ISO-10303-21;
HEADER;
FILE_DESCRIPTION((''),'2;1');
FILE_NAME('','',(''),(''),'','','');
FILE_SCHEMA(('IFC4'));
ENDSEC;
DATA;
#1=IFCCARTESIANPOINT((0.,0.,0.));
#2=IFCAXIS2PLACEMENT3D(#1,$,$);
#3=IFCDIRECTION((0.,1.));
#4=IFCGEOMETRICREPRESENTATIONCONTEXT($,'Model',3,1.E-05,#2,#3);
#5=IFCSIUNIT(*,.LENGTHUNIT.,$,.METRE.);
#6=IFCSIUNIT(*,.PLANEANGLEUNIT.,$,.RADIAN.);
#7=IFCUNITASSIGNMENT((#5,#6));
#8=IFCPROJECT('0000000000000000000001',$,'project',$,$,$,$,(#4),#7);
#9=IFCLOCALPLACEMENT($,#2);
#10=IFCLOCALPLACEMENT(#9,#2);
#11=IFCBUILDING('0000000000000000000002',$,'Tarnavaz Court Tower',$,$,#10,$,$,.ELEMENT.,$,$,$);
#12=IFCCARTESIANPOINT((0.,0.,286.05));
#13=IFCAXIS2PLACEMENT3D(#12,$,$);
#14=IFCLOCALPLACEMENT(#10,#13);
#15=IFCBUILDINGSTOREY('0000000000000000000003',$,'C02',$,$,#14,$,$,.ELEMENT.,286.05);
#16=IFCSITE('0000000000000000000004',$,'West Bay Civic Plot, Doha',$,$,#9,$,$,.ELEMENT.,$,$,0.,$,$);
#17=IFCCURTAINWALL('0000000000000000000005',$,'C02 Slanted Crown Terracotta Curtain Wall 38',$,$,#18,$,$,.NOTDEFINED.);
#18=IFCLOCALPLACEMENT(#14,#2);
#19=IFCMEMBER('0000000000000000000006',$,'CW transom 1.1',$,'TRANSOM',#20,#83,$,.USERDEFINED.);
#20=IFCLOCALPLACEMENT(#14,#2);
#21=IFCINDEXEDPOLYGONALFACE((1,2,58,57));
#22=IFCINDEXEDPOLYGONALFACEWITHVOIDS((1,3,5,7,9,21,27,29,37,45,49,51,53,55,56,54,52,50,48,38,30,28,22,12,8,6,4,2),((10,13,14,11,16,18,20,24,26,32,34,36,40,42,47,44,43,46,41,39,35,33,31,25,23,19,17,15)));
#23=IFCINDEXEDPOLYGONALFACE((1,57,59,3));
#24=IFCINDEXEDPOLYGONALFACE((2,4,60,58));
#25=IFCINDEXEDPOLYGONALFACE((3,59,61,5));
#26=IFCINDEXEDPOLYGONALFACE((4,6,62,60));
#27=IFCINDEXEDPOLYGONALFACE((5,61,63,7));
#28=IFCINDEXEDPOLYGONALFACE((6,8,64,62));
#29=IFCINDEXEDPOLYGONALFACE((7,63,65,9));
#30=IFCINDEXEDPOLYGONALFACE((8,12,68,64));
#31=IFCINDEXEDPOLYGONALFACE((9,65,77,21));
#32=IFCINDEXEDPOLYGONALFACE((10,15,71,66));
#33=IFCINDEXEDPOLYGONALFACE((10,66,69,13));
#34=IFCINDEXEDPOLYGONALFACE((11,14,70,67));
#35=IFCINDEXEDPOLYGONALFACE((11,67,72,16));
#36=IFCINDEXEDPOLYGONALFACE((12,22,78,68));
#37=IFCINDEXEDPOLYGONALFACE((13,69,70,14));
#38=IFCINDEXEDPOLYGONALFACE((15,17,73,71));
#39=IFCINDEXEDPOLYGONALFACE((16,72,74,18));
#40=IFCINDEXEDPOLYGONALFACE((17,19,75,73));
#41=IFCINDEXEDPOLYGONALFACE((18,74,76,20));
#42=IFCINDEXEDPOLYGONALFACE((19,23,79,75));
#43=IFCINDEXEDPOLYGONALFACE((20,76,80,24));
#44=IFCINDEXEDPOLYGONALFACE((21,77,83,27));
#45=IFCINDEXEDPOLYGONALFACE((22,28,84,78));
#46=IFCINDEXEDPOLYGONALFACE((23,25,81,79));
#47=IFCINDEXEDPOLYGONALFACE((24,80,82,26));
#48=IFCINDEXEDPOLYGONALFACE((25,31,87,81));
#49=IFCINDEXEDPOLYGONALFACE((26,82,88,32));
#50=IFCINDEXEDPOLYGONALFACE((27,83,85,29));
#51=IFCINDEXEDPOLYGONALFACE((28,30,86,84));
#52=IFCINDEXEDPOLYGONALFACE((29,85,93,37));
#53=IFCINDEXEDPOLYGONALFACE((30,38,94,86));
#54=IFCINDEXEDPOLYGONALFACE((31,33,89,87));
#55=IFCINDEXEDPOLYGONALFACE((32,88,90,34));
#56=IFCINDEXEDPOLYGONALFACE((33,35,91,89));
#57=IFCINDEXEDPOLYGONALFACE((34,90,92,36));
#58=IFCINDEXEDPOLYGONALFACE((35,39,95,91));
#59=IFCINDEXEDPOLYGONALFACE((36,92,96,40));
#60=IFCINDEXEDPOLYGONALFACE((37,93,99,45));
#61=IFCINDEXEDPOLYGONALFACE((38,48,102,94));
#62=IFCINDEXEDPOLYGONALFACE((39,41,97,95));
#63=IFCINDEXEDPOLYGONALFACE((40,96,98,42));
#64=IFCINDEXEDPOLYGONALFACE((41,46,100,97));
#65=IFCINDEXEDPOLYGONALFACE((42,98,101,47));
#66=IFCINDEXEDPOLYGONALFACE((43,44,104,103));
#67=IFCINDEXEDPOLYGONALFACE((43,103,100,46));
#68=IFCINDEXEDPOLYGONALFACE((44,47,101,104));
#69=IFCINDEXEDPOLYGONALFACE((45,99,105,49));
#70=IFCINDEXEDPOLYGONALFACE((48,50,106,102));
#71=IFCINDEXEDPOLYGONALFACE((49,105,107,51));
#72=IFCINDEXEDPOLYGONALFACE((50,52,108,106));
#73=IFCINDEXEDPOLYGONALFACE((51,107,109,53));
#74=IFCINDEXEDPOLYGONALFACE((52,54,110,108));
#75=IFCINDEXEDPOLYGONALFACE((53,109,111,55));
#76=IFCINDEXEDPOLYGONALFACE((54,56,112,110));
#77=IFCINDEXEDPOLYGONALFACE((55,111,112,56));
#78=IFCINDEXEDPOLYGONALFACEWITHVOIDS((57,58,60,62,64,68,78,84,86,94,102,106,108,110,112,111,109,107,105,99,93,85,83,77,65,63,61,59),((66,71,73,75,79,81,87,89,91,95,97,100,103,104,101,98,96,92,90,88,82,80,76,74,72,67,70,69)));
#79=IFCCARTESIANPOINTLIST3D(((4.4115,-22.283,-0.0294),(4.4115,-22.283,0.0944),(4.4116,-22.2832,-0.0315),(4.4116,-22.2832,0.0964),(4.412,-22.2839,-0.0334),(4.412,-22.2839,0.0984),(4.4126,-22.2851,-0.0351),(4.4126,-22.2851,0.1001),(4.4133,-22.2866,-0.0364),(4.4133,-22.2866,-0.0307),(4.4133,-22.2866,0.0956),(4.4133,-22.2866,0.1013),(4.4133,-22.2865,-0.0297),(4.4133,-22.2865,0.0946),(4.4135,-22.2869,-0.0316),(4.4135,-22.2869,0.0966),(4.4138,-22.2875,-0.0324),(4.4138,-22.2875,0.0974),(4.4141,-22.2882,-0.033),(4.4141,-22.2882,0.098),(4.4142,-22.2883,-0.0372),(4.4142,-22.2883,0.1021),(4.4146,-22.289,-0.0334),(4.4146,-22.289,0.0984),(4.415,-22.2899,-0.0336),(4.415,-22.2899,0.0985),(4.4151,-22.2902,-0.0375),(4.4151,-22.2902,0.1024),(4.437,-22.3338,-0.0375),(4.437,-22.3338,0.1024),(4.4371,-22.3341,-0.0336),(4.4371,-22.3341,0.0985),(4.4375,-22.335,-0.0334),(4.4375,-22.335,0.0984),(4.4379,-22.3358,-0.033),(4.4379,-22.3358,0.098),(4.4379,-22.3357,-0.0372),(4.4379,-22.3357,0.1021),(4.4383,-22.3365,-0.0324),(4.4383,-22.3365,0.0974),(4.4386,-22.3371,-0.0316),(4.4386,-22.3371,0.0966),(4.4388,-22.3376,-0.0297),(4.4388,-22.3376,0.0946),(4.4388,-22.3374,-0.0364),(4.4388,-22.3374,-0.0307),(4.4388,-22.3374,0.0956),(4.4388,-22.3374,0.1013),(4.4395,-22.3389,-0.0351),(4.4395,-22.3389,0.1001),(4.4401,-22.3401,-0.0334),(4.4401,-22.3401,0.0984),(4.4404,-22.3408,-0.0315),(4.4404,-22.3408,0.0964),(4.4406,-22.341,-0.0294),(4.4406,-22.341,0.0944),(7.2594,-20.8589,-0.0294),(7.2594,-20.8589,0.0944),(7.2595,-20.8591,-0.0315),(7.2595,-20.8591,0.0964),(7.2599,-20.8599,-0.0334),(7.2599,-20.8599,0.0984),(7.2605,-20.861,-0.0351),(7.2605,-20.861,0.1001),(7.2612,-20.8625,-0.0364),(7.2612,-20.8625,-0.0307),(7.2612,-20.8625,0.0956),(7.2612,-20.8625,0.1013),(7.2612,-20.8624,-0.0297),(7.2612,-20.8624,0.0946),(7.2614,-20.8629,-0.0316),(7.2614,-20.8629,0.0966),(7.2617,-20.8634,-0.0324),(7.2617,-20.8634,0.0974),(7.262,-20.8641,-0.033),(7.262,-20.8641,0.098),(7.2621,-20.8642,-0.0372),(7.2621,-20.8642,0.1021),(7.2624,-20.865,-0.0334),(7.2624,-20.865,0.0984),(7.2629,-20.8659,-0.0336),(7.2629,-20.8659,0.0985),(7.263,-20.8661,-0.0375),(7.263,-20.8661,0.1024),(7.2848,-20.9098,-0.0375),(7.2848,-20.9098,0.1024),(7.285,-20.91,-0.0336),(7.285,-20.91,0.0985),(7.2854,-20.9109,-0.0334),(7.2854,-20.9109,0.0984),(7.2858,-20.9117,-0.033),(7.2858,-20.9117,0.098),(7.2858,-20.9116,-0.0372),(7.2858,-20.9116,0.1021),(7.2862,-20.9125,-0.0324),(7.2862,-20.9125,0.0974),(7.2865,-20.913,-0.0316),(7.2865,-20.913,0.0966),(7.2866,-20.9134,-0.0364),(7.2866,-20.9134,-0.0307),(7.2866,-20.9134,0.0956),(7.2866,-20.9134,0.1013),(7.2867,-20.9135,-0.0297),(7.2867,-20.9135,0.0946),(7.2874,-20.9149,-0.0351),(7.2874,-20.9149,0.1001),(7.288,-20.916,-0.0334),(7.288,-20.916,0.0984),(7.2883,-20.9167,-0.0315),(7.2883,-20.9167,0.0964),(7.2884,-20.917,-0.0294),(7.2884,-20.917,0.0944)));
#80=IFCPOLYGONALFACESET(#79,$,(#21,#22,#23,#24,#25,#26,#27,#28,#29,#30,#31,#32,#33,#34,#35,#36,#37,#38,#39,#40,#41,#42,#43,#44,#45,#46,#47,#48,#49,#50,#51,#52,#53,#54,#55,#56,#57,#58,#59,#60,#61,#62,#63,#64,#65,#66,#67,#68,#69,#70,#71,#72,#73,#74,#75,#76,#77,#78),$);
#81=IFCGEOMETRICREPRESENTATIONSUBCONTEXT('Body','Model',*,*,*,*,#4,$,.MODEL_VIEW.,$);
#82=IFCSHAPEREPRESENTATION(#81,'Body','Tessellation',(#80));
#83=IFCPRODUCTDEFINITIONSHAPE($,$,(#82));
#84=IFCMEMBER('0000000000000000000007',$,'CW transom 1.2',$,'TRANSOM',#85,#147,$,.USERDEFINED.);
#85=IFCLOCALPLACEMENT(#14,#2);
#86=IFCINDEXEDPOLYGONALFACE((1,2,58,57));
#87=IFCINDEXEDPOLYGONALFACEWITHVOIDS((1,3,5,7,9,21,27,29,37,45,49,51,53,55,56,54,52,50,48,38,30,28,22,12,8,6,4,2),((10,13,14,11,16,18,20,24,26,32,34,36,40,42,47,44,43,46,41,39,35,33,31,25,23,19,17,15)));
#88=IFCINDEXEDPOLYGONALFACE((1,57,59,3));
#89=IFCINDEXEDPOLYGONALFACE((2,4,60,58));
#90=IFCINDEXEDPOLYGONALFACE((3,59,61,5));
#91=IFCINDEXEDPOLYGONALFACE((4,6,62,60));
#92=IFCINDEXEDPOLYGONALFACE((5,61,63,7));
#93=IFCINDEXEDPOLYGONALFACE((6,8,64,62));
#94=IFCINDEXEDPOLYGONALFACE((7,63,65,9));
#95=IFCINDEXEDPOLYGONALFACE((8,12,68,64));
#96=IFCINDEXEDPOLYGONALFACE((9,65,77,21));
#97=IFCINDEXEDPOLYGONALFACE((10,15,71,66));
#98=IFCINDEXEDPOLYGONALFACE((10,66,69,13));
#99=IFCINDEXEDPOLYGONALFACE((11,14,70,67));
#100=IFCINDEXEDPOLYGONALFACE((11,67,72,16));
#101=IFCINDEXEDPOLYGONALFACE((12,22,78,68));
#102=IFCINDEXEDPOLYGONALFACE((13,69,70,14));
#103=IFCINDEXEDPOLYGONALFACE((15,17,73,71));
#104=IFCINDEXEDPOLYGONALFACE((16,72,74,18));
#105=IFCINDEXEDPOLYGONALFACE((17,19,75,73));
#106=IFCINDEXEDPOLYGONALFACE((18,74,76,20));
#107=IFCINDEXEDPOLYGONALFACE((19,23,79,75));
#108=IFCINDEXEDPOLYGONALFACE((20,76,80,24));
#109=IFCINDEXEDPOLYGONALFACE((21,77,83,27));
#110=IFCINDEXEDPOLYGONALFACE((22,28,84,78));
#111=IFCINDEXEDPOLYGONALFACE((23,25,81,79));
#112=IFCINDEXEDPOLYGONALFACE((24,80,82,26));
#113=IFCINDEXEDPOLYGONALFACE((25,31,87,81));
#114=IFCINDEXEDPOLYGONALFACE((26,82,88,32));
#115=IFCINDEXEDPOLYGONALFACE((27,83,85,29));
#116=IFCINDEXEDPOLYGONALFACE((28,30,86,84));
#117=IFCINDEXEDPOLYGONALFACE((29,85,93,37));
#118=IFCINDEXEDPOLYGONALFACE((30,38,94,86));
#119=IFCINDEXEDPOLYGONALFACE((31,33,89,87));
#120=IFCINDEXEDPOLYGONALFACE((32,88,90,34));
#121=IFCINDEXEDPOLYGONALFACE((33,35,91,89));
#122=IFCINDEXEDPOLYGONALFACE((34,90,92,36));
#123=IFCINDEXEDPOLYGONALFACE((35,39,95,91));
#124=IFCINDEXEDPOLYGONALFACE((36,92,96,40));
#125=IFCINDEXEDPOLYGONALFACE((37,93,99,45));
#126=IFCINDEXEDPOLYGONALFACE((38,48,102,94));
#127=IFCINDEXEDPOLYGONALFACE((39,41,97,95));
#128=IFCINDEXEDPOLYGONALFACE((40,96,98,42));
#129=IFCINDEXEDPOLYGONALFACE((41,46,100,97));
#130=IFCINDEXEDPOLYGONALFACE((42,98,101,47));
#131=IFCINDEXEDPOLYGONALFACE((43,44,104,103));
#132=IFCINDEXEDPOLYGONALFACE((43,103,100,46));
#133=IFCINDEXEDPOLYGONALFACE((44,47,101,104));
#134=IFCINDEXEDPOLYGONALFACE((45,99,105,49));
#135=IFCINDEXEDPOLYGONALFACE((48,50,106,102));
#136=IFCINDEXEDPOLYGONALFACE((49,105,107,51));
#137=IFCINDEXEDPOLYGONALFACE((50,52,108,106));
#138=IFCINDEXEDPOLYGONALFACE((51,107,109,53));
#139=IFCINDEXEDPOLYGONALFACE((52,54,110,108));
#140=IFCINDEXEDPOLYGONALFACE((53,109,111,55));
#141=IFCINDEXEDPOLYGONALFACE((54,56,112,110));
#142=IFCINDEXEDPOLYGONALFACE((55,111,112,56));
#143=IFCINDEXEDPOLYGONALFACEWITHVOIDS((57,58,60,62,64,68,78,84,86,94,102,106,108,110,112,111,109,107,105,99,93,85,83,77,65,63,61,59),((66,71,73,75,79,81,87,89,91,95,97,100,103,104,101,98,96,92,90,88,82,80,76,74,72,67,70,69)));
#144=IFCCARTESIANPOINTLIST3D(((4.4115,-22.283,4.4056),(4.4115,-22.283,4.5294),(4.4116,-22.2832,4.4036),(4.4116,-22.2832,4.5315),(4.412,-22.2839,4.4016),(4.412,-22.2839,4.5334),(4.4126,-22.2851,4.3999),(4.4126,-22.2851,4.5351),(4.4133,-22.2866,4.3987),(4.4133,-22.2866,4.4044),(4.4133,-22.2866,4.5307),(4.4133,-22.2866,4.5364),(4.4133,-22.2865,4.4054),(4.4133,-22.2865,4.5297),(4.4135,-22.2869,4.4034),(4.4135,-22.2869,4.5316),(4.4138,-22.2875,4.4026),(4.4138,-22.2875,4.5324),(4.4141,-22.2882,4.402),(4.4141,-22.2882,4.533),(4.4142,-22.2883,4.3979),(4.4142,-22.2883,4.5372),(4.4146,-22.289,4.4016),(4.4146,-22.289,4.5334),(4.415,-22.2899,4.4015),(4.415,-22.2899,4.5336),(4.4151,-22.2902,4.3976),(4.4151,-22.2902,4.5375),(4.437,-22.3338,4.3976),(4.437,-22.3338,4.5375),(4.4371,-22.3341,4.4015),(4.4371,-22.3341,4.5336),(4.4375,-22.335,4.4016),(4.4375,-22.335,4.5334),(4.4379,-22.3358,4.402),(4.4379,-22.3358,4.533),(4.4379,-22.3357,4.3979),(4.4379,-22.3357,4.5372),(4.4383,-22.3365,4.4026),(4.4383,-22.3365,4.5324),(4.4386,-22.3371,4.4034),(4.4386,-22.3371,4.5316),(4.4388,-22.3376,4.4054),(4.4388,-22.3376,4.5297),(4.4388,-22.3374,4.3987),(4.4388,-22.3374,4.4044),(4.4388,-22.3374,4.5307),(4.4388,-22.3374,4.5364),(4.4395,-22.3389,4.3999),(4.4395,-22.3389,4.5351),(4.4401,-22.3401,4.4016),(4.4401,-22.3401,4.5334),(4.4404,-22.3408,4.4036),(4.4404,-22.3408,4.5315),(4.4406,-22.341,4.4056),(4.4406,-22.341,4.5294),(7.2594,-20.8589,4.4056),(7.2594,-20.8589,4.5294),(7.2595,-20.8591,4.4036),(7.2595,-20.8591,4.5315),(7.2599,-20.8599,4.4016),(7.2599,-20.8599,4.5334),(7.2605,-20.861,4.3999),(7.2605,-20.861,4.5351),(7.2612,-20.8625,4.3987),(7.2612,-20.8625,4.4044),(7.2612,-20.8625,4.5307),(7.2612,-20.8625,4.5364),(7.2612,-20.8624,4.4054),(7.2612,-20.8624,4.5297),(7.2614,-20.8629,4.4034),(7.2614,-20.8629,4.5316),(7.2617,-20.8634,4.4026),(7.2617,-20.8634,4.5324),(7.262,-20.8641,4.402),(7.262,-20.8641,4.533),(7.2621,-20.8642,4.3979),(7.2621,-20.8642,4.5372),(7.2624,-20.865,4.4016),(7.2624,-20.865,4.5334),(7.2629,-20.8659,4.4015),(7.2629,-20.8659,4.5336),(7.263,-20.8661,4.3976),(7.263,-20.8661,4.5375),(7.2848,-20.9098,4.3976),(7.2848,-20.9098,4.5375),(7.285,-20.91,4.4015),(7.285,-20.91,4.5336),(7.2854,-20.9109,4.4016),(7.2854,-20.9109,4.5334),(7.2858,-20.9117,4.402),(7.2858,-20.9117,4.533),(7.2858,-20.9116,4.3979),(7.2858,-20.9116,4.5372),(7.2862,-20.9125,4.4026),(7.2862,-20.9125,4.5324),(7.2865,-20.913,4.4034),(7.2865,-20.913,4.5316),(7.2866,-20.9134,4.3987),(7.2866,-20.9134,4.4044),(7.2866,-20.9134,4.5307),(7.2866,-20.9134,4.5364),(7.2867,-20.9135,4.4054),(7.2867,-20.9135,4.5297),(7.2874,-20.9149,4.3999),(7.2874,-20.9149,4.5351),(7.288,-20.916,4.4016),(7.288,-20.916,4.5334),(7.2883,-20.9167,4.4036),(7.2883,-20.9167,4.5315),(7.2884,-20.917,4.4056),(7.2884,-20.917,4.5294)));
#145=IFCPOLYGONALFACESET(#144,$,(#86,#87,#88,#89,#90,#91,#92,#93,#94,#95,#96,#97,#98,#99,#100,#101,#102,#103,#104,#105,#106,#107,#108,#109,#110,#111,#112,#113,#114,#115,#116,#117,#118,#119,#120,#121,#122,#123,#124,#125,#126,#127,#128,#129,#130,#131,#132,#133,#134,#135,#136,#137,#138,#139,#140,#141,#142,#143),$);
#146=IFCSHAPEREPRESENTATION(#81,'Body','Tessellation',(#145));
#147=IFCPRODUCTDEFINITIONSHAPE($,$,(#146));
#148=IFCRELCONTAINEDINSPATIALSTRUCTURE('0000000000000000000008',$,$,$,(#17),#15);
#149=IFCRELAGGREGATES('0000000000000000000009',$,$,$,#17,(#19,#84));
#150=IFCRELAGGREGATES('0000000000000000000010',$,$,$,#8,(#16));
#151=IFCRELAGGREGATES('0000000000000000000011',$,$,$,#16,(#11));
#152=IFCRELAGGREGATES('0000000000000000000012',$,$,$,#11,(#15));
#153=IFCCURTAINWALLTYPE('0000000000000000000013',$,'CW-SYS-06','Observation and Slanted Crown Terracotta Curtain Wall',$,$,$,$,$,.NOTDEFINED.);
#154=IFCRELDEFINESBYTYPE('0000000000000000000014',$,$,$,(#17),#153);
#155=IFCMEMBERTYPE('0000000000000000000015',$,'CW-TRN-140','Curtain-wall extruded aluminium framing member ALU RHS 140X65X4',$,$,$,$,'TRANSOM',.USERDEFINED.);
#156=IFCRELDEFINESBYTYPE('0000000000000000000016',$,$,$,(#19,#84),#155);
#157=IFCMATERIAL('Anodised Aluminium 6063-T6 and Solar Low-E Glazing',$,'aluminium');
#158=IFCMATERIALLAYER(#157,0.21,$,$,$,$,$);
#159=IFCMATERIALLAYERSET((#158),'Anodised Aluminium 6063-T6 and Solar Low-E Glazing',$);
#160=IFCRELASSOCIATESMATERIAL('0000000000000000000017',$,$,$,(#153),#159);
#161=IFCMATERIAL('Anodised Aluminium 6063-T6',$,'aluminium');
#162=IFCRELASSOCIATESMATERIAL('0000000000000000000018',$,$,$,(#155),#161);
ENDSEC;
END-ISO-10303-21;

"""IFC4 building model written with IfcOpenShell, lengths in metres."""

from ifc_helpers import new_model, si_unit, direction, frame, origin, origin_2d, place, context, subcontext, project, spatial, hollow_rectangle, extrude, material, layer, layer_set, material_profile, profile_set, type_object, element, aggregate, save


model = new_model("IFC4")

# Units and contexts
model_context = context("Model", 3, precision=1e-05, world=origin(), true_north=direction((0.0, 1.0)))
body_context = subcontext(model_context, "Body", "Model", "MODEL_VIEW")
ifc_project = project(units=[si_unit("LENGTHUNIT", "METRE"), si_unit("PLANEANGLEUNIT", "RADIAN")], contexts=[model_context])

# Site, building, storey
site_placement = place(None, origin())
site = spatial("IfcSite", under=ifc_project, at=site_placement, Name="West Bay Civic Plot, Doha", CompositionType="ELEMENT", RefElevation=0.0)
building_placement = place(site_placement, origin())
building = spatial("IfcBuilding", under=site, at=building_placement, Name="Tarnavaz Court Tower", CompositionType="ELEMENT")
storey_placement = place(building_placement, frame((0.0, 0.0, 286.05)))
storey = spatial("IfcBuildingStorey", under=building, at=storey_placement, Name="C02", CompositionType="ELEMENT", Elevation=286.05)

# Shared definitions
ifc_material_1 = material(Name="Anodised Aluminium 6063-T6 and Solar Low-E Glazing", Category="aluminium")
ifc_layer_1 = layer(ifc_material_1, 0.21)
ifc_layer_set_1 = layer_set([ifc_layer_1], Name="Anodised Aluminium 6063-T6 and Solar Low-E Glazing")
curtain_wall_type = type_object("IfcCurtainWallType", Name="CW-SYS-06", Description="Observation and Slanted Crown Terracotta Curtain Wall", PredefinedType="NOTDEFINED", material=ifc_layer_set_1)
ifc_material_2 = material(Name="Anodised Aluminium 6063-T6", Category="aluminium")

# Curtain wall
curtain_wall_1_placement = place(storey_placement, origin())
curtain_wall_1 = element("IfcCurtainWall", 1, at=curtain_wall_1_placement, inside=storey, type_object=curtain_wall_type, Name="C02 Slanted Crown Terracotta Curtain Wall 38", PredefinedType="NOTDEFINED")

# Members
ifc_material_profile_1 = material_profile(ifc_material_2, hollow_rectangle(XDim=0.0649, YDim=0.1399, WallThickness=0.0039, InnerFilletRadius=0.0039, OuterFilletRadius=0.0081, at=origin_2d()), Name="ALU RHS 140X65X4")
ifc_profile_set_1 = profile_set([ifc_material_profile_1], Name="Anodised Aluminium 6063-T6")
member_type_1 = type_object("IfcMemberType", Name="CW-TRN-140", Description="Curtain-wall extruded aluminium framing member ALU RHS 140X65X4", ElementType="TRANSOM", PredefinedType="USERDEFINED", material=ifc_profile_set_1)
member_1_placement = place(storey_placement, frame((7.2739, -20.8879, 0.0325), z_axis=(-0.894412, -0.447244, 0.0), x_axis=(0.447244, -0.894412, 0.0)))
member_1 = element("IfcMember", 2, at=member_1_placement, type_object=member_type_1, Name="CW transom 1.1", ObjectType="TRANSOM", PredefinedType="USERDEFINED", context=body_context, shape_type="SweptSolid", body=[
    extrude(hollow_rectangle(XDim=0.0649, YDim=0.1399, WallThickness=0.0039, InnerFilletRadius=0.0039, OuterFilletRadius=0.0081, at=origin_2d()), origin(), (0.0, 0.0, 1.0), 3.1841),
])
member_2_placement = place(storey_placement, frame((7.2739, -20.8879, 4.4675), z_axis=(-0.894412, -0.447244, 0.0), x_axis=(0.447244, -0.894412, 0.0)))
member_2 = element("IfcMember", 3, at=member_2_placement, type_object=member_type_1, Name="CW transom 1.2", ObjectType="TRANSOM", PredefinedType="USERDEFINED", context=body_context, shape_type="SweptSolid", body=[
    extrude(hollow_rectangle(XDim=0.0649, YDim=0.1399, WallThickness=0.0039, InnerFilletRadius=0.0039, OuterFilletRadius=0.0081, at=origin_2d()), origin(), (0.0, 0.0, 1.0), 3.1841),
])

aggregate(curtain_wall_1, [member_1, member_2])

save(model, "model.ifc")
